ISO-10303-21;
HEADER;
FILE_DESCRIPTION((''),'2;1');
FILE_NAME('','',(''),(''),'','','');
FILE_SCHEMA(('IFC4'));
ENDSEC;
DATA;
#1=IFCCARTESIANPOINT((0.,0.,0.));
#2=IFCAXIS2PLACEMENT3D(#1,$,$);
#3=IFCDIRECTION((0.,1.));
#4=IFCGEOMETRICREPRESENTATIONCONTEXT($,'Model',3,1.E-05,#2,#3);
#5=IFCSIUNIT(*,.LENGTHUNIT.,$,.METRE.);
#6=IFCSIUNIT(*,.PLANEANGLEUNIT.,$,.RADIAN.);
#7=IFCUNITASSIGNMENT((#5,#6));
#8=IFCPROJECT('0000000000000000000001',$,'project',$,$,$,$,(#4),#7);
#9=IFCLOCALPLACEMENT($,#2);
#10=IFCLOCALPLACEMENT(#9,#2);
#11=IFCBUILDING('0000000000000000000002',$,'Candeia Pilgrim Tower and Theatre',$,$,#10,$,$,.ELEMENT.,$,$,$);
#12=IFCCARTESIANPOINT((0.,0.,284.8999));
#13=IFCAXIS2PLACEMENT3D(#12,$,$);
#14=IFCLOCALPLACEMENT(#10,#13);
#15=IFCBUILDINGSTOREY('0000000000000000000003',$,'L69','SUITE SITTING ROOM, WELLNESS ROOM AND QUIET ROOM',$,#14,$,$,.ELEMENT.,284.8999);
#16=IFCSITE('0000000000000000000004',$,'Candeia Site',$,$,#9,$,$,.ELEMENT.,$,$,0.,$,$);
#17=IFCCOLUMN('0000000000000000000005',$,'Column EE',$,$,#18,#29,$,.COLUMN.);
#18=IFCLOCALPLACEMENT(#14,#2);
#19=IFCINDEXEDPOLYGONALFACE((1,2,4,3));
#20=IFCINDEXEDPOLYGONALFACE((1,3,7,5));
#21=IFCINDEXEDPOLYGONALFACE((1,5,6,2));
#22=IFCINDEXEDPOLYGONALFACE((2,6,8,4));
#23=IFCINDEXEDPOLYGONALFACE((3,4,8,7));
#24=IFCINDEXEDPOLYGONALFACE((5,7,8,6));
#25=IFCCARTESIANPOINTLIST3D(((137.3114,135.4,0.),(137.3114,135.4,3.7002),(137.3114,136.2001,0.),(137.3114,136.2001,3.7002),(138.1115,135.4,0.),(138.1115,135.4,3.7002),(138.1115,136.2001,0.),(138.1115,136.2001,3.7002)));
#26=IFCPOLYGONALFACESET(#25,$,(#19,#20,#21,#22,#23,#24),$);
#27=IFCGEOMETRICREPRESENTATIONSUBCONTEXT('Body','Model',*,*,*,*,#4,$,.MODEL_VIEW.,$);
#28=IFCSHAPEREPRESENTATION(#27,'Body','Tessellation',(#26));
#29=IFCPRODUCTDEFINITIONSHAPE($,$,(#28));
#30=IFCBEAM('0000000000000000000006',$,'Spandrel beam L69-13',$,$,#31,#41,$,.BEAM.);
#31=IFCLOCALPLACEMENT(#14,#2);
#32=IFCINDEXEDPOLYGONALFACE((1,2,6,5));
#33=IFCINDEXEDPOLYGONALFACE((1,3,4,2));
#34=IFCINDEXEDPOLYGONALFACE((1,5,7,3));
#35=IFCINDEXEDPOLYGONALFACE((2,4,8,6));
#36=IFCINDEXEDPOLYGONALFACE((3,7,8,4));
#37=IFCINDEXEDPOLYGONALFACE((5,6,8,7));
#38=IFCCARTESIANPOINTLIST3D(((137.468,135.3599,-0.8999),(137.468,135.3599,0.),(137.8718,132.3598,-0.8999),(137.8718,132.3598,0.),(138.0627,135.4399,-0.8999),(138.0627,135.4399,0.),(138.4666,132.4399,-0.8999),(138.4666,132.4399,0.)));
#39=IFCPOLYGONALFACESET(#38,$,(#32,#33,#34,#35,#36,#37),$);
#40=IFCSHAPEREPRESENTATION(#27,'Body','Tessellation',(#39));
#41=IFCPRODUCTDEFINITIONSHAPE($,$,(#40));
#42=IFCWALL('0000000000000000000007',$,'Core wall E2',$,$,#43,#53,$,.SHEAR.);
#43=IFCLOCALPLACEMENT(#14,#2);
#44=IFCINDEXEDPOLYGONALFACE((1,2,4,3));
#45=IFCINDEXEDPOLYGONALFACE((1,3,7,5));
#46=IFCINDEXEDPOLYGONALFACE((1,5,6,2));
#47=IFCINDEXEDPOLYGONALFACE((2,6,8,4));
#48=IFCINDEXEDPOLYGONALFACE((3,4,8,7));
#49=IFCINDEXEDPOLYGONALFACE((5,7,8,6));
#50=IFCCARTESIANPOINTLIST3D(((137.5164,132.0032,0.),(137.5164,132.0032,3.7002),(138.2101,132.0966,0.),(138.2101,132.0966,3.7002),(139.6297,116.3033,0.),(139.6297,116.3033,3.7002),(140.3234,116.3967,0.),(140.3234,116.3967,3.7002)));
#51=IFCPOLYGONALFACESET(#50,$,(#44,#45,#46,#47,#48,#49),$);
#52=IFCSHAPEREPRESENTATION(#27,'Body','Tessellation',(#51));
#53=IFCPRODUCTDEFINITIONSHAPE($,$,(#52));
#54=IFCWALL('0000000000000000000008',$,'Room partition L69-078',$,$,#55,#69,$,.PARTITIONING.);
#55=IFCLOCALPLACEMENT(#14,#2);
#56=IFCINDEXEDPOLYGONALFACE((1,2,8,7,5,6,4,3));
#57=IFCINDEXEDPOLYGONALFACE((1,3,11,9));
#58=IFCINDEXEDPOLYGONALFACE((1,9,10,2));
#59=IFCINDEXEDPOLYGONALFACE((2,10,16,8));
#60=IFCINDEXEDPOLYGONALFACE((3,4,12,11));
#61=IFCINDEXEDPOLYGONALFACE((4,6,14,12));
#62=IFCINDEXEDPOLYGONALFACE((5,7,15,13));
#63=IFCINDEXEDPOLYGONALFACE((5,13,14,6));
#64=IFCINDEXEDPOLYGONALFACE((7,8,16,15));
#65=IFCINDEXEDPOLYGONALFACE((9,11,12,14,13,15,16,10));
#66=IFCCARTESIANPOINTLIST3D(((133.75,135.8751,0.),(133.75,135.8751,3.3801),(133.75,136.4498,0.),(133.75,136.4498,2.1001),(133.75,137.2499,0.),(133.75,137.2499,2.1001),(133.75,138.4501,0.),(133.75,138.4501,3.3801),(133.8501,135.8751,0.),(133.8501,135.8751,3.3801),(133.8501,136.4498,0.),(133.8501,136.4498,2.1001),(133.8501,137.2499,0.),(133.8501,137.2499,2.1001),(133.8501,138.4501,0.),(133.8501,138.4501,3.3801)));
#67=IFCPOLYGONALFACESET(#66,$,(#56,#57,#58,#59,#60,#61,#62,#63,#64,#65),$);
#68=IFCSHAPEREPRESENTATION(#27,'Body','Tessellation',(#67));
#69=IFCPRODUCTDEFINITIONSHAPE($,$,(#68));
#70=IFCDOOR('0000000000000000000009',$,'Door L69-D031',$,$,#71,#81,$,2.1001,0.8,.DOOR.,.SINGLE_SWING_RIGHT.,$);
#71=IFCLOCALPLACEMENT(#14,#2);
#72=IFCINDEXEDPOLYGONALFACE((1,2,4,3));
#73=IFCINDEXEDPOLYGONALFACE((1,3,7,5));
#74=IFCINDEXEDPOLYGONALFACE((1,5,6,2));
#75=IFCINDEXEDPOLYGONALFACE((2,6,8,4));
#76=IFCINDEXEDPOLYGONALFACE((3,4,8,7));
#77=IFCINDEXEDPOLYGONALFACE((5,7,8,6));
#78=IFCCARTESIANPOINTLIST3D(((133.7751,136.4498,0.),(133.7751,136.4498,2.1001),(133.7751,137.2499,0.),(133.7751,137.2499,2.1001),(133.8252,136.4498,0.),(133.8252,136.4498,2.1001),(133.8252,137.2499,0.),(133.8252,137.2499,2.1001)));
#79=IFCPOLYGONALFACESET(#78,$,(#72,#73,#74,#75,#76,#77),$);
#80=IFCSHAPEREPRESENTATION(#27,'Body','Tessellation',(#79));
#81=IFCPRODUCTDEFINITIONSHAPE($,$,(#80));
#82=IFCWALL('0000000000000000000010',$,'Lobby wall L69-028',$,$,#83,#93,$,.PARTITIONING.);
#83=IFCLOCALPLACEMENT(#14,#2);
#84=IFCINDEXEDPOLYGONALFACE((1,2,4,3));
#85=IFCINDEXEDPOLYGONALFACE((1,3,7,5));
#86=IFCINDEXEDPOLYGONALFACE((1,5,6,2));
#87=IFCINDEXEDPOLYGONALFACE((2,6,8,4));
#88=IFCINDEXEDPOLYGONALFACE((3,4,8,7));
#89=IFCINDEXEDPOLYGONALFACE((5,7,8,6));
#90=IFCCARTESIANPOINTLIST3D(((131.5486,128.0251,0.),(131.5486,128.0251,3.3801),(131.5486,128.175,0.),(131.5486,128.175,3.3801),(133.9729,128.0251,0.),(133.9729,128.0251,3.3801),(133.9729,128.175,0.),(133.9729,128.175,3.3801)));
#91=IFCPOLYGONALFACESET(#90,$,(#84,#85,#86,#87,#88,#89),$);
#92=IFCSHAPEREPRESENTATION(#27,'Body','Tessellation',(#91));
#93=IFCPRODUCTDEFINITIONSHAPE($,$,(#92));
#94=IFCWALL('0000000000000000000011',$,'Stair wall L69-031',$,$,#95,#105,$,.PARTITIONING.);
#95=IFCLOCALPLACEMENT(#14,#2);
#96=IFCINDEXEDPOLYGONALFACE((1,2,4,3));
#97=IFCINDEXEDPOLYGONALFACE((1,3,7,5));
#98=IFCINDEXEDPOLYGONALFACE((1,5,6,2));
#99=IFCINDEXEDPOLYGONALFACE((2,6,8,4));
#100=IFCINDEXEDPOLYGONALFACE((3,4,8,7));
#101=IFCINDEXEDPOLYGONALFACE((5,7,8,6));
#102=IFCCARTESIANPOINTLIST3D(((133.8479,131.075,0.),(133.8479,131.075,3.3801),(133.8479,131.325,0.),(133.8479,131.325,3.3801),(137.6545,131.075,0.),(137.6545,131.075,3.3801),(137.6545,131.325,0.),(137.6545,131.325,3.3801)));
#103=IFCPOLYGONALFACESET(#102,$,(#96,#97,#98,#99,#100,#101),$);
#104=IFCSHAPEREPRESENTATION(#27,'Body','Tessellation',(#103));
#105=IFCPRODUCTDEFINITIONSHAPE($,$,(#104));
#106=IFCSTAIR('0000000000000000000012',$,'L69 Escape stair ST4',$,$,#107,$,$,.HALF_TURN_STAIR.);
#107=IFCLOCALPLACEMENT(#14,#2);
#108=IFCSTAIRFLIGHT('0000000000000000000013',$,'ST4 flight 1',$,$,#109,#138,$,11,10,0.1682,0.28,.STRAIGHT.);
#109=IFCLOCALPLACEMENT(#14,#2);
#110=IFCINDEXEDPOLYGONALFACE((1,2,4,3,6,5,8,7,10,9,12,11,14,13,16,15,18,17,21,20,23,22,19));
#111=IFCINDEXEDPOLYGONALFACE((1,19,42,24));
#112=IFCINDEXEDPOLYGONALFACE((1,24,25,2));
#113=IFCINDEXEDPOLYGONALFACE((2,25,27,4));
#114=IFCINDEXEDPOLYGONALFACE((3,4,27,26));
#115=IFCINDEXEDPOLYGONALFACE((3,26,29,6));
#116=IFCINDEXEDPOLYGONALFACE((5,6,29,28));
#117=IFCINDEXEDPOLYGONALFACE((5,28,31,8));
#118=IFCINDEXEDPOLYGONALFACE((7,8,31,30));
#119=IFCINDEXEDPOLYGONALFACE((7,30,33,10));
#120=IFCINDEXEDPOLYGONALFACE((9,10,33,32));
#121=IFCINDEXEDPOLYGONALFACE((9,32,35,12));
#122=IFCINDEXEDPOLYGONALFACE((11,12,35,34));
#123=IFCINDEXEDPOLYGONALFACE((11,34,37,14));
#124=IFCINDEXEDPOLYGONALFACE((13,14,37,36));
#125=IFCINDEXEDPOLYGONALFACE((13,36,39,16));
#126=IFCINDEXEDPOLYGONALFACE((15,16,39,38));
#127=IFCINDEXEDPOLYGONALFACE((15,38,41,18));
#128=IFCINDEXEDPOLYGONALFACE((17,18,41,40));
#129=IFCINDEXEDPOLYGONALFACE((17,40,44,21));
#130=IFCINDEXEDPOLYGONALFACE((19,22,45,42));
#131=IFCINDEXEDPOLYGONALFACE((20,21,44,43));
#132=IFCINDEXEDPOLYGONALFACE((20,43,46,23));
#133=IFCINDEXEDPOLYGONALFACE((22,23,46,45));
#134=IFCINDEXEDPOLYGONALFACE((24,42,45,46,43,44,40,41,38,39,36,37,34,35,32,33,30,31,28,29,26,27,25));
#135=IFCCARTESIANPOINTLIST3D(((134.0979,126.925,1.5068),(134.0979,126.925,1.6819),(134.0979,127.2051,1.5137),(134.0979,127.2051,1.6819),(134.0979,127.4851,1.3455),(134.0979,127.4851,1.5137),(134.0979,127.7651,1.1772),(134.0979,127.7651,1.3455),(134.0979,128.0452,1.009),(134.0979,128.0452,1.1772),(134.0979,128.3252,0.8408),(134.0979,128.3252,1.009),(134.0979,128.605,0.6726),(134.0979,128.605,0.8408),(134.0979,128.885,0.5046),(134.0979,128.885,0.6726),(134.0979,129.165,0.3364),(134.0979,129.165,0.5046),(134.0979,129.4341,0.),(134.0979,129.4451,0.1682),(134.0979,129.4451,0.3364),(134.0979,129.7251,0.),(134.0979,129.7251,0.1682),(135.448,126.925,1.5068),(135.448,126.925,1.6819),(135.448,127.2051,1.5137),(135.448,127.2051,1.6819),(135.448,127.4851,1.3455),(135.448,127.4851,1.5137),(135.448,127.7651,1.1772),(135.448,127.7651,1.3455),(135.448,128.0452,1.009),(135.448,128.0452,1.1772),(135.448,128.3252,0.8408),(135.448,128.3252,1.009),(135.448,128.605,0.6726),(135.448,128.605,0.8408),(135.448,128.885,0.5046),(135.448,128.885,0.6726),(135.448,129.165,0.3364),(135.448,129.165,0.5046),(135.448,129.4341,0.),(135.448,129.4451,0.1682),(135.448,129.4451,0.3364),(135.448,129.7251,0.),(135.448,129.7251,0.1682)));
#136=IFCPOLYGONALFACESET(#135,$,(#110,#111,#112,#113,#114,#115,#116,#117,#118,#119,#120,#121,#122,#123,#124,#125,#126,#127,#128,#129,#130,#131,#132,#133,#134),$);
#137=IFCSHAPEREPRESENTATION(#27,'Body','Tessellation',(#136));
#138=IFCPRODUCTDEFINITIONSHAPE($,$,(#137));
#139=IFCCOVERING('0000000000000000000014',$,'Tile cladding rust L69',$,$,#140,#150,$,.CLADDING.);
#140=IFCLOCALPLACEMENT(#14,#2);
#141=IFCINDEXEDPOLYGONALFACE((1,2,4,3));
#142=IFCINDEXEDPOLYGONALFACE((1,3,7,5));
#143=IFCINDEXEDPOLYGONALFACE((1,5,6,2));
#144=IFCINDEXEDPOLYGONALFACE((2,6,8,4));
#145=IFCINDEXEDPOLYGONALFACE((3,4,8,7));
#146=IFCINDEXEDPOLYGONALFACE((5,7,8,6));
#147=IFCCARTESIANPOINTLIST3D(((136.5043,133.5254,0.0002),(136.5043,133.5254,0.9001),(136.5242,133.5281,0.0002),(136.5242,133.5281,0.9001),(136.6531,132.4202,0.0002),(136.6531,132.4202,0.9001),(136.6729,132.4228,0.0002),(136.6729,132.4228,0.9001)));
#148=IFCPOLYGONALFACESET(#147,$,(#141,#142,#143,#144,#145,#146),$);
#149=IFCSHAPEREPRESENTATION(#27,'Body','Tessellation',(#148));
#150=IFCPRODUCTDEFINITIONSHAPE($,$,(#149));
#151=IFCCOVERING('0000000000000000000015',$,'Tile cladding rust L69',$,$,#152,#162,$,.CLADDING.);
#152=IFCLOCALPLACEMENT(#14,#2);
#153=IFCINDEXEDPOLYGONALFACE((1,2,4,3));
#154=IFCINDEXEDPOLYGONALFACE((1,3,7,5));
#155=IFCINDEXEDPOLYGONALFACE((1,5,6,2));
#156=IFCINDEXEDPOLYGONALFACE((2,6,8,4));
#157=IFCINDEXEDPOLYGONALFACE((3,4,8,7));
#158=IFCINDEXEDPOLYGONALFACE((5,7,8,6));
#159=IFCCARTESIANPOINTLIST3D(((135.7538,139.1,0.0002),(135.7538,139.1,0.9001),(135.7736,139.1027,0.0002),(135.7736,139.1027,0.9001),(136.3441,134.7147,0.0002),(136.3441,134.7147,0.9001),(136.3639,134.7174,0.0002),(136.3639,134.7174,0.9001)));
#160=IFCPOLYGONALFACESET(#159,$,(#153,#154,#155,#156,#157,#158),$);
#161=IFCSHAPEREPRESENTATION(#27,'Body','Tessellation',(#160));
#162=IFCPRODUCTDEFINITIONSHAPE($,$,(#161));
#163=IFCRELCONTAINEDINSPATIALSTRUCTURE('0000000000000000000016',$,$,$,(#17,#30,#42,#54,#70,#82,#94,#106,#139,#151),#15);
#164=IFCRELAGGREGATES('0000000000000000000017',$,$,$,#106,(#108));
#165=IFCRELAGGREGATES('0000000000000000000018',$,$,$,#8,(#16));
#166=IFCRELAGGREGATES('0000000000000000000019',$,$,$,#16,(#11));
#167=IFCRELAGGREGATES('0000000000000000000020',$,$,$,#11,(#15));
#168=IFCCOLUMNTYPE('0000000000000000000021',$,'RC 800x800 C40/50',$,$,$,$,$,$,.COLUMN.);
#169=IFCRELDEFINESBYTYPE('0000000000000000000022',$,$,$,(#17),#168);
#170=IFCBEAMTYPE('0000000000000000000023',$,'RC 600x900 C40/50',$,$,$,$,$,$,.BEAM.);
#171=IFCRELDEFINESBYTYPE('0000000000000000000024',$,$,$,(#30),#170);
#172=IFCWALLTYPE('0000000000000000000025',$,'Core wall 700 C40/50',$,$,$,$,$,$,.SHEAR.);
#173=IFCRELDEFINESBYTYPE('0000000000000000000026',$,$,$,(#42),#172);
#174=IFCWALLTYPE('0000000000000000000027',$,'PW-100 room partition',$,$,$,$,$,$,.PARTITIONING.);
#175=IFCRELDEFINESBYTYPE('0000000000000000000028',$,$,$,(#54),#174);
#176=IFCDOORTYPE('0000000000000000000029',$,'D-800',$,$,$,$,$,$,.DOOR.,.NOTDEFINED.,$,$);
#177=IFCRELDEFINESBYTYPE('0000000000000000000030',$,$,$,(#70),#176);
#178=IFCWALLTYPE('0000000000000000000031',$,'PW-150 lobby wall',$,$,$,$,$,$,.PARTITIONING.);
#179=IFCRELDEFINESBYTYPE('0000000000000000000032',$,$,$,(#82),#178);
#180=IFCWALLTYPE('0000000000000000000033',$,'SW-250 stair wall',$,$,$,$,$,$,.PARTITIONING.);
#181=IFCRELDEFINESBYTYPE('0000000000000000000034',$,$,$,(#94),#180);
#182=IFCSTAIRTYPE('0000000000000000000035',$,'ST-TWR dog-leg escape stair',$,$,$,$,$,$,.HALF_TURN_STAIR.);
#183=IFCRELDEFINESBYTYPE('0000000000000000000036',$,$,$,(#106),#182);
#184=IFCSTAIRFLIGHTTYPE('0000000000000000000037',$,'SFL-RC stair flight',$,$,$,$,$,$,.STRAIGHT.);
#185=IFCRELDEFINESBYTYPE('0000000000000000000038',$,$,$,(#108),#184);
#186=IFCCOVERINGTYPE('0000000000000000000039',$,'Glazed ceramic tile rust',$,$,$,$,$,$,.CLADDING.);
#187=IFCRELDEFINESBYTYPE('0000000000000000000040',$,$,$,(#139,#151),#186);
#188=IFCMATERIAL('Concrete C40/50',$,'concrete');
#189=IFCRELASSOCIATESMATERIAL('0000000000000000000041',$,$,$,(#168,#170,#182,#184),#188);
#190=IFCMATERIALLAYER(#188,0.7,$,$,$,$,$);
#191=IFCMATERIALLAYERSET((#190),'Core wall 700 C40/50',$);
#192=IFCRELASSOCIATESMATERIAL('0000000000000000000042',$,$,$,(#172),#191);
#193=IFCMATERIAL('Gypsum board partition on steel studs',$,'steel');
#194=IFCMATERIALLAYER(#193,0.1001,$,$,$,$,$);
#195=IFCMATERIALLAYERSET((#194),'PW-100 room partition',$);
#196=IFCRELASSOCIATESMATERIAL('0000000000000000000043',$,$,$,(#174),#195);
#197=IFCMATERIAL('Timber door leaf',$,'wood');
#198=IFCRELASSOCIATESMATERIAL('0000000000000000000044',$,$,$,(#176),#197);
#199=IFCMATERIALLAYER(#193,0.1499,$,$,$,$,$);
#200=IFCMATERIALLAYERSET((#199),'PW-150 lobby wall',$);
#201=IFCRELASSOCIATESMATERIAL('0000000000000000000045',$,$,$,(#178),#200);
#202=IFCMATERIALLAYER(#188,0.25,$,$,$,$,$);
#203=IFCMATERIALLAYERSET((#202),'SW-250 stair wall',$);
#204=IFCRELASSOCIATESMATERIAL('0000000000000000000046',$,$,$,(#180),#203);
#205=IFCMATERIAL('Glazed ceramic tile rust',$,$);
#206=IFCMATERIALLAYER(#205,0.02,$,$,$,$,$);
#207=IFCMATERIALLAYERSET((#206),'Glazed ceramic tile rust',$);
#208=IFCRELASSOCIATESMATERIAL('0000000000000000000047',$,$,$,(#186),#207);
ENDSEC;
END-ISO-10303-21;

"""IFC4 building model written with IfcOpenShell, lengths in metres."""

from ifc_helpers import new_model, si_unit, direction, frame, frame_2d, origin, origin_2d, place, context, subcontext, project, spatial, polyline, rectangle, outline, extrude, material, layer, layer_set, material_profile, profile_set, type_object, element, fill, aggregate, save


model = new_model("IFC4")

# Units and contexts
model_context = context("Model", 3, precision=1e-05, world=origin(), true_north=direction((0.0, 1.0)))
body_context = subcontext(model_context, "Body", "Model", "MODEL_VIEW")
ifc_project = project(units=[si_unit("LENGTHUNIT", "METRE"), si_unit("PLANEANGLEUNIT", "RADIAN")], contexts=[model_context])

# Site, building, storey
site_placement = place(None, origin())
site = spatial("IfcSite", under=ifc_project, at=site_placement, Name="Candeia Site", CompositionType="ELEMENT", RefElevation=0.0)
building_placement = place(site_placement, origin())
building = spatial("IfcBuilding", under=site, at=building_placement, Name="Candeia Pilgrim Tower and Theatre", CompositionType="ELEMENT")
storey_placement = place(building_placement, frame((0.0, 0.0, 284.8999)))
storey = spatial("IfcBuildingStorey", under=building, at=storey_placement, Name="L69", Description="SUITE SITTING ROOM, WELLNESS ROOM AND QUIET ROOM", CompositionType="ELEMENT", Elevation=284.8999)

# Column
ifc_material_1 = material(Name="Concrete C40/50", Category="concrete")
ifc_material_profile_1 = material_profile(ifc_material_1, rectangle(XDim=0.8, YDim=0.8, at=origin_2d()))
ifc_profile_set_1 = profile_set([ifc_material_profile_1], Name="Concrete C40/50")
column_type = type_object("IfcColumnType", Name="RC 800x800 C40/50", PredefinedType="COLUMN", material=ifc_profile_set_1)
column_placement = place(storey_placement, frame((137.7114, 135.8, 0.0), z_axis=(0.0, 0.0, 1.0), x_axis=(1.0, 0.0, 0.0)))
element("IfcColumn", 1, at=column_placement, inside=storey, type_object=column_type, Name="Column EE", PredefinedType="COLUMN", context=body_context, shape_type="SweptSolid", body=[
    extrude(rectangle(XDim=0.8, YDim=0.8, at=origin_2d()), origin(), (0.0, 0.0, 1.0), 3.7002),
])

# Beam
ifc_material_profile_2 = material_profile(ifc_material_1, rectangle(XDim=0.6001, YDim=0.8999, at=origin_2d()))
ifc_profile_set_2 = profile_set([ifc_material_profile_2], Name="Concrete C40/50")
beam_type = type_object("IfcBeamType", Name="RC 600x900 C40/50", PredefinedType="BEAM", material=ifc_profile_set_2)
beam_placement = place(storey_placement, frame((137.7654, 135.3999, -0.45), z_axis=(0.1334, -0.991062, 0.0), x_axis=(0.991062, 0.1334, 0.0)))
element("IfcBeam", 2, at=beam_placement, inside=storey, type_object=beam_type, Name="Spandrel beam L69-13", PredefinedType="BEAM", context=body_context, shape_type="SweptSolid", body=[
    extrude(rectangle(XDim=0.6001, YDim=0.8999, at=origin_2d()), origin(), (0.0, 0.0, 1.0), 3.0271),
])

# Wall
ifc_layer_1 = layer(ifc_material_1, 0.7)
ifc_layer_set_1 = layer_set([ifc_layer_1], Name="Core wall 700 C40/50")
wall_type_1 = type_object("IfcWallType", Name="Core wall 700 C40/50", PredefinedType="SHEAR", material=ifc_layer_set_1)
wall_1_placement = place(storey_placement, frame((137.8633, 132.05, 0.0), z_axis=(0.0, 0.0, 1.0), x_axis=(0.133401, -0.991062, 0.0)))
element("IfcWall", 3, at=wall_1_placement, inside=storey, type_object=wall_type_1, Name="Core wall E2", PredefinedType="SHEAR", context=body_context, shape_type="SweptSolid", body=[
    extrude(rectangle(XDim=15.8416, YDim=0.7, at=frame_2d((7.9209, 0.0))), origin(), (0.0, 0.0, 1.0), 3.7002),
])

# Wall, opening, door
ifc_material_2 = material(Name="Gypsum board partition on steel studs", Category="steel")
ifc_layer_2 = layer(ifc_material_2, 0.1001)
ifc_layer_set_2 = layer_set([ifc_layer_2], Name="PW-100 room partition")
wall_type_2 = type_object("IfcWallType", Name="PW-100 room partition", PredefinedType="PARTITIONING", material=ifc_layer_set_2)
wall_2_placement = place(storey_placement, frame((133.8, 135.875, 0.0), z_axis=(0.0, 0.0, 1.0), x_axis=(0.0, 1.0, 0.0)))
wall_2 = element("IfcWall", 4, at=wall_2_placement, inside=storey, type_object=wall_type_2, Name="Room partition L69-078", PredefinedType="PARTITIONING", context=body_context, shape_type="SweptSolid", body=[
    extrude(rectangle(XDim=2.575, YDim=0.1001, at=frame_2d((1.2876, 0.0))), origin(), (0.0, 0.0, 1.0), 3.3801),
])
opening_1_placement = place(wall_2_placement, frame((0.575, 0.0, 0.0)))
opening_1 = element("IfcOpeningElement", 5, at=opening_1_placement, cuts=wall_2, PredefinedType="OPENING", context=body_context, shape_type="SweptSolid", body=[
    extrude(rectangle(XDim=0.8, YDim=2.1001, at=frame_2d((0.3999, 1.05))), frame((0.0, 0.0601, 0.0), z_axis=(0.0, -1.0, 0.0), x_axis=(1.0, 0.0, 0.0)), (0.0, 0.0, 1.0), 0.1201),
])
ifc_material_3 = material(Name="Timber door leaf", Category="wood")
door_type_1 = type_object("IfcDoorType", Name="D-800", OperationType="NOTDEFINED", PredefinedType="DOOR", material=ifc_material_3)
door_1_placement = place(opening_1_placement, origin())
door_1 = element("IfcDoor", 6, at=door_1_placement, inside=storey, type_object=door_type_1, Name="Door L69-D031", OperationType="SINGLE_SWING_RIGHT", OverallHeight=2.1001, OverallWidth=0.8, PredefinedType="DOOR", context=body_context, shape_type="SweptSolid", body=[
    extrude(rectangle(XDim=0.8, YDim=2.1001, at=frame_2d((0.3999, 1.05))), frame((0.0, 0.0249, 0.0), z_axis=(0.0, -1.0, 0.0), x_axis=(1.0, 0.0, 0.0)), (0.0, 0.0, 1.0), 0.05),
])
fill(opening_1, door_1)

# Walls
ifc_layer_3 = layer(ifc_material_2, 0.1499)
ifc_layer_set_3 = layer_set([ifc_layer_3], Name="PW-150 lobby wall")
wall_type_3 = type_object("IfcWallType", Name="PW-150 lobby wall", PredefinedType="PARTITIONING", material=ifc_layer_set_3)
wall_3_placement = place(storey_placement, frame((131.5486, 128.1001, 0.0), z_axis=(0.0, 0.0, 1.0), x_axis=(1.0, 0.0, 0.0)))
element("IfcWall", 7, at=wall_3_placement, inside=storey, type_object=wall_type_3, Name="Lobby wall L69-028", PredefinedType="PARTITIONING", context=body_context, shape_type="SweptSolid", body=[
    extrude(rectangle(XDim=2.4243, YDim=0.1499, at=frame_2d((1.2122, 0.0))), origin(), (0.0, 0.0, 1.0), 3.3801),
])
ifc_layer_4 = layer(ifc_material_1, 0.25)
ifc_layer_set_4 = layer_set([ifc_layer_4], Name="SW-250 stair wall")
wall_type_4 = type_object("IfcWallType", Name="SW-250 stair wall", PredefinedType="PARTITIONING", material=ifc_layer_set_4)
wall_4_placement = place(storey_placement, frame((133.8479, 131.2, 0.0), z_axis=(0.0, 0.0, 1.0), x_axis=(1.0, 0.0, 0.0)))
element("IfcWall", 8, at=wall_4_placement, inside=storey, type_object=wall_type_4, Name="Stair wall L69-031", PredefinedType="PARTITIONING", context=body_context, shape_type="SweptSolid", body=[
    extrude(rectangle(XDim=3.8066, YDim=0.25, at=frame_2d((1.9033, 0.0))), origin(), (0.0, 0.0, 1.0), 3.3801),
])

# Stair, stair flight
stair_type = type_object("IfcStairType", Name="ST-TWR dog-leg escape stair", PredefinedType="HALF_TURN_STAIR", material=ifc_material_1)
stair_placement = place(storey_placement, origin())
stair = element("IfcStair", 9, at=stair_placement, inside=storey, type_object=stair_type, Name="L69 Escape stair ST4", PredefinedType="HALF_TURN_STAIR")
stair_flight_type = type_object("IfcStairFlightType", Name="SFL-RC stair flight", PredefinedType="STRAIGHT", material=ifc_material_1)
stair_flight_placement = place(storey_placement, frame((134.7729, 129.7251, 0.0), z_axis=(0.0, 0.0, 1.0), x_axis=(0.0, -1.0, 0.0)))
stair_flight = element("IfcStairFlight", 10, at=stair_flight_placement, type_object=stair_flight_type, Name="ST4 flight 1", NumberOfRisers=11, NumberOfTreads=10, PredefinedType="STRAIGHT", RiserHeight=0.1682, TreadLength=0.28, context=body_context, shape_type="SweptSolid", body=[
    extrude(outline(polyline([(0.0, 0.0), (0.0, 0.1682), (0.28, 0.1682), (0.28, 0.3364), (0.5601, 0.3364), (0.5601, 0.5046), (0.8401, 0.5046), (0.8401, 0.6726), (1.1201, 0.6726), (1.1201, 0.8408), (1.3999, 0.8408), (1.3999, 1.009), (1.6799, 1.009), (1.6799, 1.1772), (1.96, 1.1772), (1.96, 1.3455), (2.24, 1.3455), (2.24, 1.5137), (2.52, 1.5137), (2.52, 1.6819), (2.8, 1.6819), (2.8, 1.8501), (2.8, 1.5068), (0.291, 0.0), (0.0, 0.0)])), frame((0.0, 0.675, 0.0), z_axis=(0.0, -1.0, 0.0), x_axis=(1.0, 0.0, 0.0)), (0.0, 0.0, 1.0), 1.3501),
])
aggregate(stair, [stair_flight])

# Coverings
ifc_material_4 = material(Name="Glazed ceramic tile rust")
ifc_layer_5 = layer(ifc_material_4, 0.02)
ifc_layer_set_5 = layer_set([ifc_layer_5], Name="Glazed ceramic tile rust")
covering_type = type_object("IfcCoveringType", Name="Glazed ceramic tile rust", PredefinedType="CLADDING", material=ifc_layer_set_5)
covering_1_placement = place(storey_placement, frame((136.5886, 132.9741, 0.0002), z_axis=(0.0, 0.0, 1.0), x_axis=(-0.133412, 0.991061, 0.0)))
element("IfcCovering", 11, at=covering_1_placement, inside=storey, type_object=covering_type, Name="Tile cladding rust L69", PredefinedType="CLADDING", context=body_context, shape_type="SweptSolid", body=[
    extrude(rectangle(XDim=1.1152, YDim=0.02, at=origin_2d()), origin(), (0.0, 0.0, 1.0), 0.8999),
])
covering_2_placement = place(storey_placement, frame((136.0588, 136.9087, 0.0002), z_axis=(0.0, 0.0, 1.0), x_axis=(-0.133412, 0.991061, 0.0)))
element("IfcCovering", 12, at=covering_2_placement, inside=storey, type_object=covering_type, Name="Tile cladding rust L69", PredefinedType="CLADDING", context=body_context, shape_type="SweptSolid", body=[
    extrude(rectangle(XDim=4.4248, YDim=0.02, at=origin_2d()), origin(), (0.0, 0.0, 1.0), 0.8999),
])

save(model, "model.ifc")
